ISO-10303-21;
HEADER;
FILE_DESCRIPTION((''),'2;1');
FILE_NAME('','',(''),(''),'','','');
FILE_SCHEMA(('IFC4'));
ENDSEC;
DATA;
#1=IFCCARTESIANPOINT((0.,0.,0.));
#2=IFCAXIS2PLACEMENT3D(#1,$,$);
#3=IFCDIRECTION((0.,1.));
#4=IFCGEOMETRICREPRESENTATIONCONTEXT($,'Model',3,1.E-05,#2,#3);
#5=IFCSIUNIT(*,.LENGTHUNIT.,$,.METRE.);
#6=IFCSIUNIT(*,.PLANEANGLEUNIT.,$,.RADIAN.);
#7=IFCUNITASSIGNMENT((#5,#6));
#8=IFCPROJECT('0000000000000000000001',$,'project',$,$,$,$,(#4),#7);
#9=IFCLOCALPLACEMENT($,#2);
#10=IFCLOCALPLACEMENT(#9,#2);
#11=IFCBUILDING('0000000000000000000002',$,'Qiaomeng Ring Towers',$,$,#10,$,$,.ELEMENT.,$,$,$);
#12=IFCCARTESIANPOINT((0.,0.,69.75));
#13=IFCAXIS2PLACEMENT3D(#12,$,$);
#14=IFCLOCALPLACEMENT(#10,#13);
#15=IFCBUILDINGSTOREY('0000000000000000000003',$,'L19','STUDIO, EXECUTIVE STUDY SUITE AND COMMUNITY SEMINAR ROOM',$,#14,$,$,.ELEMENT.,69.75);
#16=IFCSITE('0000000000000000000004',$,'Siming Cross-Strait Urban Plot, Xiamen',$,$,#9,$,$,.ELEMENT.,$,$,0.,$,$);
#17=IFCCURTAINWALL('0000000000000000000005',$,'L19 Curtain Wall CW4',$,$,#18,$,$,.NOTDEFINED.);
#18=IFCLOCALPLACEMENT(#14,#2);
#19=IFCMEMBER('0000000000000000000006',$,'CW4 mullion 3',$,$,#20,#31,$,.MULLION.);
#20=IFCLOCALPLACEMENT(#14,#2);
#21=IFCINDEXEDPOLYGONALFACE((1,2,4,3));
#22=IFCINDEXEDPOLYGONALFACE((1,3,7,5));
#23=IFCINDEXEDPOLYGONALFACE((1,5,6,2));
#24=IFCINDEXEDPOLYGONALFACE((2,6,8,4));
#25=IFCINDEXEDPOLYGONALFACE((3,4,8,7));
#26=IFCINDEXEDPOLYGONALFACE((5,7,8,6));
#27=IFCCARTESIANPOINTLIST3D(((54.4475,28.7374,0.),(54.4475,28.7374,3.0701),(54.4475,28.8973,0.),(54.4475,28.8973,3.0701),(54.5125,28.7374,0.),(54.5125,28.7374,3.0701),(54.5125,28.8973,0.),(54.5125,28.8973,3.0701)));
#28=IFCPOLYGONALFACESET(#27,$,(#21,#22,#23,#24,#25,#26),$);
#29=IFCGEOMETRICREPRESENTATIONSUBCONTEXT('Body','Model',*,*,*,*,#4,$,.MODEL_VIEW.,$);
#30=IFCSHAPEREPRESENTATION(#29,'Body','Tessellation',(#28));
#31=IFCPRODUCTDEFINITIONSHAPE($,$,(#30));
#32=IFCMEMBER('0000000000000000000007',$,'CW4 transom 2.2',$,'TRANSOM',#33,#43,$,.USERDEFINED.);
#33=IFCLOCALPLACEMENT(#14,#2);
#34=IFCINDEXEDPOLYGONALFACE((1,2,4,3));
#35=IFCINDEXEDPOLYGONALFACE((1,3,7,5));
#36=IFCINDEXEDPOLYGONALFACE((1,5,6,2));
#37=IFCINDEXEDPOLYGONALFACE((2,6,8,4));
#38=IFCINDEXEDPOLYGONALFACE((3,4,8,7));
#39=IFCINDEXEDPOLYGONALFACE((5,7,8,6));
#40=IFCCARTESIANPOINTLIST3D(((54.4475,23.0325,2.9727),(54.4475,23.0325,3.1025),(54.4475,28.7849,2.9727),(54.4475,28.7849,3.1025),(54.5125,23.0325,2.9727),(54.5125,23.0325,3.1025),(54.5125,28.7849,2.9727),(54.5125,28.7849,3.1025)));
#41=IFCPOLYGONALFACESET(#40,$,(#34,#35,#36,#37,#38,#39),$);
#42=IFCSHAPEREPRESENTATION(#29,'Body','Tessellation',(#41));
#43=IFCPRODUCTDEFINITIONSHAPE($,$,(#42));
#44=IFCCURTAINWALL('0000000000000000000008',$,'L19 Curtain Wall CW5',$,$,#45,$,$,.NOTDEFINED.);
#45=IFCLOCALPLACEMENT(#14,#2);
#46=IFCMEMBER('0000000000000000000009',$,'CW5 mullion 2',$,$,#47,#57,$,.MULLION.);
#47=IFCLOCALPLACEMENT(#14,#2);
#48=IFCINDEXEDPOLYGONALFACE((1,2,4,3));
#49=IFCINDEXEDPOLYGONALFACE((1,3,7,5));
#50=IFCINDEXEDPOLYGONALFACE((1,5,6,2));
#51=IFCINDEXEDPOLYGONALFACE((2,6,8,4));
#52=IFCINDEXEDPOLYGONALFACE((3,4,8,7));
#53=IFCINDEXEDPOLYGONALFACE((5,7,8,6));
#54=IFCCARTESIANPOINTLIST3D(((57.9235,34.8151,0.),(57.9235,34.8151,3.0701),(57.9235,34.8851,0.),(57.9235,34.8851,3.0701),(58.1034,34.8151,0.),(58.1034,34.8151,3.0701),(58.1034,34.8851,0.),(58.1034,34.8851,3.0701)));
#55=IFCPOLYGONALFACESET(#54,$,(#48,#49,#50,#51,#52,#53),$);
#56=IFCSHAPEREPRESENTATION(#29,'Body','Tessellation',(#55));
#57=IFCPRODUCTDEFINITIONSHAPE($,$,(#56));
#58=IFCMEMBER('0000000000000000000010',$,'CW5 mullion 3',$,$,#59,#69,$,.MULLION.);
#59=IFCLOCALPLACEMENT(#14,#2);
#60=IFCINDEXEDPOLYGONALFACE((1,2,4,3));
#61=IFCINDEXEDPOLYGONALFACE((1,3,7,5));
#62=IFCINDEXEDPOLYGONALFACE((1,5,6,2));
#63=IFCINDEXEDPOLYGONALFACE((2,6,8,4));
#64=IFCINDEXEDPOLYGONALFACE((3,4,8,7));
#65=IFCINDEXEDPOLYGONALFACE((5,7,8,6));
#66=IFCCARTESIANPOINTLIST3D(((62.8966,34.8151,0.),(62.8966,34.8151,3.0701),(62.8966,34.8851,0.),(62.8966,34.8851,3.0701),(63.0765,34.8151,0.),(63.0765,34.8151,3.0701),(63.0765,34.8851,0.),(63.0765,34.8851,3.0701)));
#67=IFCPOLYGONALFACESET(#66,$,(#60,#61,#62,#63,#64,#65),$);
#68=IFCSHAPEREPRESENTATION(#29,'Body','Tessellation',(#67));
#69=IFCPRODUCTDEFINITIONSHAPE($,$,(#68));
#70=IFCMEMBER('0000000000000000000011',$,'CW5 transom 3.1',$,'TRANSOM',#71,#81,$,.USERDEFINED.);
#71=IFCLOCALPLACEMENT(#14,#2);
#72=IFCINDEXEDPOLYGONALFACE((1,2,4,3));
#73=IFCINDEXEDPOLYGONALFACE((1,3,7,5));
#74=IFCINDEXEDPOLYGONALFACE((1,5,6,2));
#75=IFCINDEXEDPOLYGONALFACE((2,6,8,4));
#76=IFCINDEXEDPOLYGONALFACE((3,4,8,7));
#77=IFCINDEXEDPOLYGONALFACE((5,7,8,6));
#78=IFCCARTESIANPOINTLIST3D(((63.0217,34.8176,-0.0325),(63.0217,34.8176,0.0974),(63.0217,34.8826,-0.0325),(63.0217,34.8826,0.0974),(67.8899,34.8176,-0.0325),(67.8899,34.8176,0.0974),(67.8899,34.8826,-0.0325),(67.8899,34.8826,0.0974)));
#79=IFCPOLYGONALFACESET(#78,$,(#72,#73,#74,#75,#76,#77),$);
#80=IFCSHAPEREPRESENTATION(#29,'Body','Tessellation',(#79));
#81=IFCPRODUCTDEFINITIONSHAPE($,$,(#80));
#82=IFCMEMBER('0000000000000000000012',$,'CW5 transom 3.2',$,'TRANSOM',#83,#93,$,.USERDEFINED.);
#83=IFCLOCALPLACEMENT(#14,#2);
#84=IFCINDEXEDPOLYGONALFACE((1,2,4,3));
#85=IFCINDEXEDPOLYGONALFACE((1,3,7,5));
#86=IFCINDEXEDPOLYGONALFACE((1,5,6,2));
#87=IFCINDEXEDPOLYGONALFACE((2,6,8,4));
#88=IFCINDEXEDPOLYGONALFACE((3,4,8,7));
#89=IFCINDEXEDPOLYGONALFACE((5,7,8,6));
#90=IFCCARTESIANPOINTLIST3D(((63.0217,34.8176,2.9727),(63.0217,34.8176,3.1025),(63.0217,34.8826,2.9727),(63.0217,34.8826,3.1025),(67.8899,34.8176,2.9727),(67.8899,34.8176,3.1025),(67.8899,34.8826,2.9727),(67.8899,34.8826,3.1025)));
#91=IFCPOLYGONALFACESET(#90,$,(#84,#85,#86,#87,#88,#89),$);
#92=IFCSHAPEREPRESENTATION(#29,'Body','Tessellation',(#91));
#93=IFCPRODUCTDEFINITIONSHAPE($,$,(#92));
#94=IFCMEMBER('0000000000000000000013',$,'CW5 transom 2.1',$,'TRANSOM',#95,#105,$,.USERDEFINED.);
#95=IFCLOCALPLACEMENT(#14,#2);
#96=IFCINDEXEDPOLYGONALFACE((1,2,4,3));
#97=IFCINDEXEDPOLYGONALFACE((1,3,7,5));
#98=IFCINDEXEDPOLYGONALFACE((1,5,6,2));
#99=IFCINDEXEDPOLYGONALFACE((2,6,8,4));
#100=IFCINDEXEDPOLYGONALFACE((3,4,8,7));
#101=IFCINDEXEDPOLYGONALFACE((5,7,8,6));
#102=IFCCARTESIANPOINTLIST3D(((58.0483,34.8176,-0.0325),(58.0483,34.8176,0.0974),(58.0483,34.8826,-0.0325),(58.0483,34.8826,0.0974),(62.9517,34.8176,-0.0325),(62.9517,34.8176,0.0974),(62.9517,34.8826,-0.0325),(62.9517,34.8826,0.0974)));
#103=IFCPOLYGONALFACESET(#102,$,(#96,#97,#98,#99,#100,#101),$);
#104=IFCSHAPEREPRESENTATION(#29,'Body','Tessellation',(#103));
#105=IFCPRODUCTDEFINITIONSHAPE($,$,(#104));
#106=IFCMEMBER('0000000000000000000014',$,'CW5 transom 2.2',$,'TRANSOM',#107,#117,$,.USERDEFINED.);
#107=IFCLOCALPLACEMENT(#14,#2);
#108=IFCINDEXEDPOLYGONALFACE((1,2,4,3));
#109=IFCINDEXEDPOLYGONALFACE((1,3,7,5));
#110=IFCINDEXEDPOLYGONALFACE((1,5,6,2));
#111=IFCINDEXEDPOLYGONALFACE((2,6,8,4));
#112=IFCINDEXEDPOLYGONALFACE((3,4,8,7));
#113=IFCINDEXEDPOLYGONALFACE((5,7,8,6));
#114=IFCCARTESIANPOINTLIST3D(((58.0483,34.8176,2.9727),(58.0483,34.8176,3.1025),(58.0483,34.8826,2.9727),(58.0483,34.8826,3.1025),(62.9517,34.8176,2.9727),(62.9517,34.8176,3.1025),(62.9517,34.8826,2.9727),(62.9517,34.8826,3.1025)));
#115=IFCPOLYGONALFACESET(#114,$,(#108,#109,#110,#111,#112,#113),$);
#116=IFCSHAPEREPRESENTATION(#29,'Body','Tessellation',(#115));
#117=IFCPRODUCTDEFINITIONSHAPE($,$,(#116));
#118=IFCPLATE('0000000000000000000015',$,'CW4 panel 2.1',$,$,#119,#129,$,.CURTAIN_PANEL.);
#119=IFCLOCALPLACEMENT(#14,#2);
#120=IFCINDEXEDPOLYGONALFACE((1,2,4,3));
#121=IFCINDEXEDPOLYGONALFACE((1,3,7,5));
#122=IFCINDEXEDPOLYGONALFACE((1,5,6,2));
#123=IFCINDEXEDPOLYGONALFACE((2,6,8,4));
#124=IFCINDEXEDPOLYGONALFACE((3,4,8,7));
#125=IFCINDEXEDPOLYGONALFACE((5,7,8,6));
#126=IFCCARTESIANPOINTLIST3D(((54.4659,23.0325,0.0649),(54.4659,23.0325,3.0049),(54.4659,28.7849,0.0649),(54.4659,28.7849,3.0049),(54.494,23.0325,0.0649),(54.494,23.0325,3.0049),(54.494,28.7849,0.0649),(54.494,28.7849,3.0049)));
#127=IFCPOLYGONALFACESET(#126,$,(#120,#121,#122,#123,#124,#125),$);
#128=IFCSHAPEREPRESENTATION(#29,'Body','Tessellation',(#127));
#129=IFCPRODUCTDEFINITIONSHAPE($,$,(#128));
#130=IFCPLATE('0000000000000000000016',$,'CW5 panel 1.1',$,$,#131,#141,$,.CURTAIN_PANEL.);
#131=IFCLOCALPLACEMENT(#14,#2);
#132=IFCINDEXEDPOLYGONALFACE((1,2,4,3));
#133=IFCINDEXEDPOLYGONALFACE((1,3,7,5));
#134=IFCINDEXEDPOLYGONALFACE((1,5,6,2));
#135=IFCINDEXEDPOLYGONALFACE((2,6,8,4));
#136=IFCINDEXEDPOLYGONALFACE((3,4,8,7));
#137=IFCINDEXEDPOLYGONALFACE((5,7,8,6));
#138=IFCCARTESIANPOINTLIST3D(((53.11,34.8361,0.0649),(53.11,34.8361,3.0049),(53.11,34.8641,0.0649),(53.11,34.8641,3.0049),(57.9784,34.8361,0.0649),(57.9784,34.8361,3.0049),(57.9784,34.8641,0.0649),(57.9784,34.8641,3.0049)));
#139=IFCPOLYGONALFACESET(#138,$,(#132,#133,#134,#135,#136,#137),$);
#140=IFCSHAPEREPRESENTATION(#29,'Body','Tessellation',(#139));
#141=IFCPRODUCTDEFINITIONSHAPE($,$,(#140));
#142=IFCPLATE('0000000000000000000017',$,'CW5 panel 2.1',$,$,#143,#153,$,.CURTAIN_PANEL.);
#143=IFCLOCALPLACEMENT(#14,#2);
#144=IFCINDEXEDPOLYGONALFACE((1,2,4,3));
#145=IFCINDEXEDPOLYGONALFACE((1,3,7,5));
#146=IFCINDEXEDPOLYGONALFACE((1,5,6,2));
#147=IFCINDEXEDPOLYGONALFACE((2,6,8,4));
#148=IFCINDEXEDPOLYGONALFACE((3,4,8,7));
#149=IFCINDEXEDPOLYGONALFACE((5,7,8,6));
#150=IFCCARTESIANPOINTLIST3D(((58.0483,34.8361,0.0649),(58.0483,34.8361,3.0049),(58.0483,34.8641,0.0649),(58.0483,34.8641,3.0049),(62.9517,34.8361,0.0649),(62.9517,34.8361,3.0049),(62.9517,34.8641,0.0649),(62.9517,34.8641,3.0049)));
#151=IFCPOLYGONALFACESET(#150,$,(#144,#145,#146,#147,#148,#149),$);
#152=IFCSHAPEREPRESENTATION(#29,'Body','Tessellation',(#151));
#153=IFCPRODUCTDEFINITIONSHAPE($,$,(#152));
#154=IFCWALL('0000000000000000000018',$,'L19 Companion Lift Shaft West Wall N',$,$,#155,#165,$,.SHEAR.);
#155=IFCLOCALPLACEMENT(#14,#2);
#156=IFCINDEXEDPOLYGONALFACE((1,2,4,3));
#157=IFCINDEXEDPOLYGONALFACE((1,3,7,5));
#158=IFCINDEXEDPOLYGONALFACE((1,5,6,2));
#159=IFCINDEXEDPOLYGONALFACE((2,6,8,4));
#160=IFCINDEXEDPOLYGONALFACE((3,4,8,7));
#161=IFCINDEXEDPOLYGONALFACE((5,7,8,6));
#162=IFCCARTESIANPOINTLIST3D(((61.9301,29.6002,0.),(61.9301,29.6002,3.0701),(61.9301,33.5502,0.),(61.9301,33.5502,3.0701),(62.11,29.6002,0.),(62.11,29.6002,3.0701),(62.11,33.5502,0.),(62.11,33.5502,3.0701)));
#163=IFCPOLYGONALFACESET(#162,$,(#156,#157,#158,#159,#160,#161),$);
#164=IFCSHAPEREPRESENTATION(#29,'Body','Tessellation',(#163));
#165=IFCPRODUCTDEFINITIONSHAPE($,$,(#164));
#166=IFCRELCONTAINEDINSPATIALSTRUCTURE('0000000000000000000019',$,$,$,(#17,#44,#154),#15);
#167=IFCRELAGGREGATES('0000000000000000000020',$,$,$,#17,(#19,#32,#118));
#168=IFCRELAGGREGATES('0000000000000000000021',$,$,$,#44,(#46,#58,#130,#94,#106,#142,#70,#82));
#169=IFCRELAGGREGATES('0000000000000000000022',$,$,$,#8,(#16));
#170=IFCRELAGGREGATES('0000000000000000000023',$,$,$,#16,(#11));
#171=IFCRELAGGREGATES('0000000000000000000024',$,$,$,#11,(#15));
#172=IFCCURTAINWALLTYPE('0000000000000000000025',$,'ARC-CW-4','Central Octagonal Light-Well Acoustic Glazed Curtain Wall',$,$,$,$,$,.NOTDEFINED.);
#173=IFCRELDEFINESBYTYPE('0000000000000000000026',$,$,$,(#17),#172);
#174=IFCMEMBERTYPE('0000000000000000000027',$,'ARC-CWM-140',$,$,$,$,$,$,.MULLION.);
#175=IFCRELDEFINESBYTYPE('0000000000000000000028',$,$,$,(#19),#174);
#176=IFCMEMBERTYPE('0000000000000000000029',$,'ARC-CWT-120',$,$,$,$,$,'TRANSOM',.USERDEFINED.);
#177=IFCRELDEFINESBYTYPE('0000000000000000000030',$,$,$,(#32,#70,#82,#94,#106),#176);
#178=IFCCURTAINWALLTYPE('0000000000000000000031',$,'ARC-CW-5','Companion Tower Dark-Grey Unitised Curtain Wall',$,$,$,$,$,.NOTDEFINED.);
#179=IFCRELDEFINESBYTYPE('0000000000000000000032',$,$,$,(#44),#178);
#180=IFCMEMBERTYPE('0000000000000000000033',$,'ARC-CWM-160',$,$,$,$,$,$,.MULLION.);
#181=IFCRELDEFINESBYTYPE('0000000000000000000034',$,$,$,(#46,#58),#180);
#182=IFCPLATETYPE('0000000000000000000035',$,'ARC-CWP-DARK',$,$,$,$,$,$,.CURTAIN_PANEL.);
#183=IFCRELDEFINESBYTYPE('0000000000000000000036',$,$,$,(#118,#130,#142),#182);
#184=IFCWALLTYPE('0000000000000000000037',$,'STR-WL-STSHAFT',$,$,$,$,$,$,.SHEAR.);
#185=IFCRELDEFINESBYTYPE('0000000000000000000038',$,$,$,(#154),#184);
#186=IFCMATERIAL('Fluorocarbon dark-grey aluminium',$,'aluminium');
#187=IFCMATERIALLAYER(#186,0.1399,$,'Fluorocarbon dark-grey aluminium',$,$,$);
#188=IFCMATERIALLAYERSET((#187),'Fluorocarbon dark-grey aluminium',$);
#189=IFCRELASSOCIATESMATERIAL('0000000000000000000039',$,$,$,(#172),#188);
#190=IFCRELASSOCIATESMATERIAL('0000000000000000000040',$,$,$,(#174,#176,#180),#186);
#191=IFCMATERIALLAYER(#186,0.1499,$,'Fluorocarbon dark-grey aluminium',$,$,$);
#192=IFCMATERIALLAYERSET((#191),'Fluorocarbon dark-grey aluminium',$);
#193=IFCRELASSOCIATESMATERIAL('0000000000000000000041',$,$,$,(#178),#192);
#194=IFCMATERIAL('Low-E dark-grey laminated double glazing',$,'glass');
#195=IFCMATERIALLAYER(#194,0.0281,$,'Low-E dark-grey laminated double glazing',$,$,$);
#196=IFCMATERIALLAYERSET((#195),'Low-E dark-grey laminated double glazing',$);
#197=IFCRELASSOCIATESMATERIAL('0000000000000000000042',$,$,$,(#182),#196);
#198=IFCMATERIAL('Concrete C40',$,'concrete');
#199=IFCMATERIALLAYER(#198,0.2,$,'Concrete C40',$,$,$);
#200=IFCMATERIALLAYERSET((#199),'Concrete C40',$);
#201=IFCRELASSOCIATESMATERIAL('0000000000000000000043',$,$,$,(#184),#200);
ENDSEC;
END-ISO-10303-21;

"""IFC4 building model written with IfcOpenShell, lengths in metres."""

from ifc_helpers import new_model, si_unit, direction, frame, frame_2d, origin, origin_2d, place, context, subcontext, project, spatial, rectangle, extrude, source, transform, mapped, material, layer, layer_set, material_profile, profile_set, type_object, element, aggregate, save


model = new_model("IFC4")

# Units and contexts
model_context = context("Model", 3, precision=1e-05, world=origin(), true_north=direction((0.0, 1.0)))
body_context = subcontext(model_context, "Body", "Model", "MODEL_VIEW")
ifc_project = project(units=[si_unit("LENGTHUNIT", "METRE"), si_unit("PLANEANGLEUNIT", "RADIAN")], contexts=[model_context])

# Site, building, storey
site_placement = place(None, origin())
site = spatial("IfcSite", under=ifc_project, at=site_placement, Name="Siming Cross-Strait Urban Plot, Xiamen", CompositionType="ELEMENT", RefElevation=0.0)
building_placement = place(site_placement, origin())
building = spatial("IfcBuilding", under=site, at=building_placement, Name="Qiaomeng Ring Towers", CompositionType="ELEMENT")
storey_placement = place(building_placement, frame((0.0, 0.0, 69.75)))
storey = spatial("IfcBuildingStorey", under=building, at=storey_placement, Name="L19", Description="STUDIO, EXECUTIVE STUDY SUITE AND COMMUNITY SEMINAR ROOM", CompositionType="ELEMENT", Elevation=69.75)

# Curtain walls, members
ifc_material_1 = material(Name="Fluorocarbon dark-grey aluminium", Category="aluminium")
ifc_layer_1 = layer(ifc_material_1, 0.1399, Name="Fluorocarbon dark-grey aluminium")
ifc_layer_set_1 = layer_set([ifc_layer_1], Name="Fluorocarbon dark-grey aluminium")
curtain_wall_type_1 = type_object("IfcCurtainWallType", Name="ARC-CW-4", Description="Central Octagonal Light-Well Acoustic Glazed Curtain Wall", PredefinedType="NOTDEFINED", material=ifc_layer_set_1)
curtain_wall_1_placement = place(storey_placement, origin())
curtain_wall_1 = element("IfcCurtainWall", 1, at=curtain_wall_1_placement, inside=storey, type_object=curtain_wall_type_1, Name="L19 Curtain Wall CW4", PredefinedType="NOTDEFINED")
ifc_material_profile_1 = material_profile(ifc_material_1, rectangle(XDim=0.0649, YDim=0.1599, at=origin_2d()), Name="ALU MULL 65x160")
ifc_profile_set_1 = profile_set([ifc_material_profile_1], Name="Fluorocarbon dark-grey aluminium")
member_type_1 = type_object("IfcMemberType", Name="ARC-CWM-140", PredefinedType="MULLION", material=ifc_profile_set_1)
shared_shape_1 = source(origin(), body_context, "Body", "SweptSolid", [
    extrude(rectangle(XDim=0.0649, YDim=0.1599, at=origin_2d()), origin(), (0.0, 0.0, 1.0), 3.0701),
])
member_1_placement = place(storey_placement, frame((54.48, 28.8174, 0.0), z_axis=(0.0, 0.0, 1.0), x_axis=(-1.0, 0.0, 0.0)))
member_1 = element("IfcMember", 2, at=member_1_placement, type_object=member_type_1, Name="CW4 mullion 3", PredefinedType="MULLION", context=body_context, shape_type="MappedRepresentation", body=[
    mapped(shared_shape_1, transform((0.0, 0.0, 0.0), x_axis=(1.0, 0.0, 0.0), y_axis=(0.0, 1.0, 0.0), z_axis=(0.0, 0.0, 1.0), scale=1.0)),
])
ifc_material_profile_2 = material_profile(ifc_material_1, rectangle(XDim=0.0649, YDim=0.1299, at=origin_2d()), Name="ALU TRAN 65x130")
ifc_profile_set_2 = profile_set([ifc_material_profile_2], Name="Fluorocarbon dark-grey aluminium")
member_type_2 = type_object("IfcMemberType", Name="ARC-CWT-120", ElementType="TRANSOM", PredefinedType="USERDEFINED", material=ifc_profile_set_2)
shared_shape_2 = source(origin(), body_context, "Body", "SweptSolid", [
    extrude(rectangle(XDim=0.0649, YDim=0.1299, at=origin_2d()), origin(), (0.0, 0.0, 1.0), 5.7524),
])
member_2_placement = place(storey_placement, frame((54.48, 23.0325, 3.0376), z_axis=(0.0, 1.0, 0.0), x_axis=(-1.0, 0.0, 0.0)))
member_2 = element("IfcMember", 3, at=member_2_placement, type_object=member_type_2, Name="CW4 transom 2.2", ObjectType="TRANSOM", PredefinedType="USERDEFINED", context=body_context, shape_type="MappedRepresentation", body=[
    mapped(shared_shape_2, transform((0.0, 0.0, 0.0), x_axis=(1.0, 0.0, 0.0), y_axis=(0.0, 1.0, 0.0), z_axis=(0.0, 0.0, 1.0), scale=1.0)),
])
ifc_layer_2 = layer(ifc_material_1, 0.1499, Name="Fluorocarbon dark-grey aluminium")
ifc_layer_set_2 = layer_set([ifc_layer_2], Name="Fluorocarbon dark-grey aluminium")
curtain_wall_type_2 = type_object("IfcCurtainWallType", Name="ARC-CW-5", Description="Companion Tower Dark-Grey Unitised Curtain Wall", PredefinedType="NOTDEFINED", material=ifc_layer_set_2)
curtain_wall_2_placement = place(storey_placement, origin())
curtain_wall_2 = element("IfcCurtainWall", 4, at=curtain_wall_2_placement, inside=storey, type_object=curtain_wall_type_2, Name="L19 Curtain Wall CW5", PredefinedType="NOTDEFINED")
ifc_material_profile_3 = material_profile(ifc_material_1, rectangle(XDim=0.0701, YDim=0.1799, at=origin_2d()), Name="ALU MULL 70x180")
ifc_profile_set_3 = profile_set([ifc_material_profile_3], Name="Fluorocarbon dark-grey aluminium")
member_type_3 = type_object("IfcMemberType", Name="ARC-CWM-160", PredefinedType="MULLION", material=ifc_profile_set_3)
shared_shape_3 = source(origin(), body_context, "Body", "SweptSolid", [
    extrude(rectangle(XDim=0.0701, YDim=0.1799, at=origin_2d()), origin(), (0.0, 0.0, 1.0), 3.0701),
])
member_3_placement = place(storey_placement, frame((58.0134, 34.8501, 0.0), z_axis=(0.0, 0.0, 1.0), x_axis=(0.0, 1.0, 0.0)))
member_3 = element("IfcMember", 5, at=member_3_placement, type_object=member_type_3, Name="CW5 mullion 2", PredefinedType="MULLION", context=body_context, shape_type="MappedRepresentation", body=[
    mapped(shared_shape_3, transform((0.0, 0.0, 0.0), x_axis=(1.0, 0.0, 0.0), y_axis=(0.0, 1.0, 0.0), z_axis=(0.0, 0.0, 1.0), scale=1.0)),
])
member_4_placement = place(storey_placement, frame((62.9866, 34.8501, 0.0), z_axis=(0.0, 0.0, 1.0), x_axis=(0.0, 1.0, 0.0)))
member_4 = element("IfcMember", 6, at=member_4_placement, type_object=member_type_3, Name="CW5 mullion 3", PredefinedType="MULLION", context=body_context, shape_type="MappedRepresentation", body=[
    mapped(shared_shape_3, transform((0.0, 0.0, 0.0), x_axis=(1.0, 0.0, 0.0), y_axis=(0.0, 1.0, 0.0), z_axis=(0.0, 0.0, 1.0), scale=1.0)),
])
shared_shape_4 = source(origin(), body_context, "Body", "SweptSolid", [
    extrude(rectangle(XDim=0.0649, YDim=0.1299, at=origin_2d()), origin(), (0.0, 0.0, 1.0), 4.8682),
])
member_5_placement = place(storey_placement, frame((63.0217, 34.8501, 0.0325), z_axis=(1.0, 0.0, 0.0), x_axis=(0.0, 1.0, 0.0)))
member_5 = element("IfcMember", 7, at=member_5_placement, type_object=member_type_2, Name="CW5 transom 3.1", ObjectType="TRANSOM", PredefinedType="USERDEFINED", context=body_context, shape_type="MappedRepresentation", body=[
    mapped(shared_shape_4, transform((0.0, 0.0, 0.0), x_axis=(1.0, 0.0, 0.0), y_axis=(0.0, 1.0, 0.0), z_axis=(0.0, 0.0, 1.0), scale=1.0)),
])
member_6_placement = place(storey_placement, frame((63.0217, 34.8501, 3.0376), z_axis=(1.0, 0.0, 0.0), x_axis=(0.0, 1.0, 0.0)))
member_6 = element("IfcMember", 8, at=member_6_placement, type_object=member_type_2, Name="CW5 transom 3.2", ObjectType="TRANSOM", PredefinedType="USERDEFINED", context=body_context, shape_type="MappedRepresentation", body=[
    mapped(shared_shape_4, transform((0.0, 0.0, 0.0), x_axis=(1.0, 0.0, 0.0), y_axis=(0.0, 1.0, 0.0), z_axis=(0.0, 0.0, 1.0), scale=1.0)),
])
shared_shape_5 = source(origin(), body_context, "Body", "SweptSolid", [
    extrude(rectangle(XDim=0.0649, YDim=0.1299, at=origin_2d()), origin(), (0.0, 0.0, 1.0), 4.9033),
])
member_7_placement = place(storey_placement, frame((58.0483, 34.8501, 0.0325), z_axis=(1.0, 0.0, 0.0), x_axis=(0.0, 1.0, 0.0)))
member_7 = element("IfcMember", 9, at=member_7_placement, type_object=member_type_2, Name="CW5 transom 2.1", ObjectType="TRANSOM", PredefinedType="USERDEFINED", context=body_context, shape_type="MappedRepresentation", body=[
    mapped(shared_shape_5, transform((0.0, 0.0, 0.0), x_axis=(1.0, 0.0, 0.0), y_axis=(0.0, 1.0, 0.0), z_axis=(0.0, 0.0, 1.0), scale=1.0)),
])
member_8_placement = place(storey_placement, frame((58.0483, 34.8501, 3.0376), z_axis=(1.0, 0.0, 0.0), x_axis=(0.0, 1.0, 0.0)))
member_8 = element("IfcMember", 10, at=member_8_placement, type_object=member_type_2, Name="CW5 transom 2.2", ObjectType="TRANSOM", PredefinedType="USERDEFINED", context=body_context, shape_type="MappedRepresentation", body=[
    mapped(shared_shape_5, transform((0.0, 0.0, 0.0), x_axis=(1.0, 0.0, 0.0), y_axis=(0.0, 1.0, 0.0), z_axis=(0.0, 0.0, 1.0), scale=1.0)),
])

# Plates
ifc_material_2 = material(Name="Low-E dark-grey laminated double glazing", Category="glass")
ifc_layer_3 = layer(ifc_material_2, 0.0281, Name="Low-E dark-grey laminated double glazing")
ifc_layer_set_3 = layer_set([ifc_layer_3], Name="Low-E dark-grey laminated double glazing")
plate_type = type_object("IfcPlateType", Name="ARC-CWP-DARK", PredefinedType="CURTAIN_PANEL", material=ifc_layer_set_3)
shared_shape_6 = source(origin(), body_context, "Body", "SweptSolid", [
    extrude(rectangle(XDim=5.7524, YDim=0.0281, at=origin_2d()), origin(), (0.0, 0.0, 1.0), 2.9399),
])
plate_1_placement = place(storey_placement, frame((54.48, 25.9087, 0.0649), z_axis=(0.0, 0.0, 1.0), x_axis=(0.0, 1.0, 0.0)))
plate_1 = element("IfcPlate", 11, at=plate_1_placement, type_object=plate_type, Name="CW4 panel 2.1", PredefinedType="CURTAIN_PANEL", context=body_context, shape_type="MappedRepresentation", body=[
    mapped(shared_shape_6, transform((0.0, 0.0, 0.0), x_axis=(1.0, 0.0, 0.0), y_axis=(0.0, 1.0, 0.0), z_axis=(0.0, 0.0, 1.0), scale=1.0)),
])
aggregate(curtain_wall_1, [member_1, member_2, plate_1])
shared_shape_7 = source(origin(), body_context, "Body", "SweptSolid", [
    extrude(rectangle(XDim=4.8684, YDim=0.0281, at=origin_2d()), origin(), (0.0, 0.0, 1.0), 2.9399),
])
plate_2_placement = place(storey_placement, frame((55.5442, 34.8501, 0.0649), z_axis=(0.0, 0.0, 1.0), x_axis=(1.0, 0.0, 0.0)))
plate_2 = element("IfcPlate", 12, at=plate_2_placement, type_object=plate_type, Name="CW5 panel 1.1", PredefinedType="CURTAIN_PANEL", context=body_context, shape_type="MappedRepresentation", body=[
    mapped(shared_shape_7, transform((0.0, 0.0, 0.0), x_axis=(1.0, 0.0, 0.0), y_axis=(0.0, 1.0, 0.0), z_axis=(0.0, 0.0, 1.0), scale=1.0)),
])
shared_shape_8 = source(origin(), body_context, "Body", "SweptSolid", [
    extrude(rectangle(XDim=4.9033, YDim=0.0281, at=origin_2d()), origin(), (0.0, 0.0, 1.0), 2.9399),
])
plate_3_placement = place(storey_placement, frame((60.5, 34.8501, 0.0649), z_axis=(0.0, 0.0, 1.0), x_axis=(1.0, 0.0, 0.0)))
plate_3 = element("IfcPlate", 13, at=plate_3_placement, type_object=plate_type, Name="CW5 panel 2.1", PredefinedType="CURTAIN_PANEL", context=body_context, shape_type="MappedRepresentation", body=[
    mapped(shared_shape_8, transform((0.0, 0.0, 0.0), x_axis=(1.0, 0.0, 0.0), y_axis=(0.0, 1.0, 0.0), z_axis=(0.0, 0.0, 1.0), scale=1.0)),
])
aggregate(curtain_wall_2, [member_3, member_4, plate_2, member_7, member_8, plate_3, member_5, member_6])

# Wall
ifc_material_3 = material(Name="Concrete C40", Category="concrete")
ifc_layer_4 = layer(ifc_material_3, 0.2, Name="Concrete C40")
ifc_layer_set_4 = layer_set([ifc_layer_4], Name="Concrete C40")
wall_type_1 = type_object("IfcWallType", Name="STR-WL-STSHAFT", PredefinedType="SHEAR", material=ifc_layer_set_4)
wall_1_placement = place(storey_placement, frame((62.02, 29.6001, 0.0), z_axis=(0.0, 0.0, 1.0), x_axis=(0.0, 1.0, 0.0)))
element("IfcWall", 14, at=wall_1_placement, inside=storey, type_object=wall_type_1, Name="L19 Companion Lift Shaft West Wall N", PredefinedType="SHEAR", context=body_context, shape_type="SweptSolid", body=[
    extrude(rectangle(XDim=3.95, YDim=0.1799, at=frame_2d((1.9751, 0.0))), origin(), (0.0, 0.0, 1.0), 3.0701),
])

save(model, "model.ifc")
